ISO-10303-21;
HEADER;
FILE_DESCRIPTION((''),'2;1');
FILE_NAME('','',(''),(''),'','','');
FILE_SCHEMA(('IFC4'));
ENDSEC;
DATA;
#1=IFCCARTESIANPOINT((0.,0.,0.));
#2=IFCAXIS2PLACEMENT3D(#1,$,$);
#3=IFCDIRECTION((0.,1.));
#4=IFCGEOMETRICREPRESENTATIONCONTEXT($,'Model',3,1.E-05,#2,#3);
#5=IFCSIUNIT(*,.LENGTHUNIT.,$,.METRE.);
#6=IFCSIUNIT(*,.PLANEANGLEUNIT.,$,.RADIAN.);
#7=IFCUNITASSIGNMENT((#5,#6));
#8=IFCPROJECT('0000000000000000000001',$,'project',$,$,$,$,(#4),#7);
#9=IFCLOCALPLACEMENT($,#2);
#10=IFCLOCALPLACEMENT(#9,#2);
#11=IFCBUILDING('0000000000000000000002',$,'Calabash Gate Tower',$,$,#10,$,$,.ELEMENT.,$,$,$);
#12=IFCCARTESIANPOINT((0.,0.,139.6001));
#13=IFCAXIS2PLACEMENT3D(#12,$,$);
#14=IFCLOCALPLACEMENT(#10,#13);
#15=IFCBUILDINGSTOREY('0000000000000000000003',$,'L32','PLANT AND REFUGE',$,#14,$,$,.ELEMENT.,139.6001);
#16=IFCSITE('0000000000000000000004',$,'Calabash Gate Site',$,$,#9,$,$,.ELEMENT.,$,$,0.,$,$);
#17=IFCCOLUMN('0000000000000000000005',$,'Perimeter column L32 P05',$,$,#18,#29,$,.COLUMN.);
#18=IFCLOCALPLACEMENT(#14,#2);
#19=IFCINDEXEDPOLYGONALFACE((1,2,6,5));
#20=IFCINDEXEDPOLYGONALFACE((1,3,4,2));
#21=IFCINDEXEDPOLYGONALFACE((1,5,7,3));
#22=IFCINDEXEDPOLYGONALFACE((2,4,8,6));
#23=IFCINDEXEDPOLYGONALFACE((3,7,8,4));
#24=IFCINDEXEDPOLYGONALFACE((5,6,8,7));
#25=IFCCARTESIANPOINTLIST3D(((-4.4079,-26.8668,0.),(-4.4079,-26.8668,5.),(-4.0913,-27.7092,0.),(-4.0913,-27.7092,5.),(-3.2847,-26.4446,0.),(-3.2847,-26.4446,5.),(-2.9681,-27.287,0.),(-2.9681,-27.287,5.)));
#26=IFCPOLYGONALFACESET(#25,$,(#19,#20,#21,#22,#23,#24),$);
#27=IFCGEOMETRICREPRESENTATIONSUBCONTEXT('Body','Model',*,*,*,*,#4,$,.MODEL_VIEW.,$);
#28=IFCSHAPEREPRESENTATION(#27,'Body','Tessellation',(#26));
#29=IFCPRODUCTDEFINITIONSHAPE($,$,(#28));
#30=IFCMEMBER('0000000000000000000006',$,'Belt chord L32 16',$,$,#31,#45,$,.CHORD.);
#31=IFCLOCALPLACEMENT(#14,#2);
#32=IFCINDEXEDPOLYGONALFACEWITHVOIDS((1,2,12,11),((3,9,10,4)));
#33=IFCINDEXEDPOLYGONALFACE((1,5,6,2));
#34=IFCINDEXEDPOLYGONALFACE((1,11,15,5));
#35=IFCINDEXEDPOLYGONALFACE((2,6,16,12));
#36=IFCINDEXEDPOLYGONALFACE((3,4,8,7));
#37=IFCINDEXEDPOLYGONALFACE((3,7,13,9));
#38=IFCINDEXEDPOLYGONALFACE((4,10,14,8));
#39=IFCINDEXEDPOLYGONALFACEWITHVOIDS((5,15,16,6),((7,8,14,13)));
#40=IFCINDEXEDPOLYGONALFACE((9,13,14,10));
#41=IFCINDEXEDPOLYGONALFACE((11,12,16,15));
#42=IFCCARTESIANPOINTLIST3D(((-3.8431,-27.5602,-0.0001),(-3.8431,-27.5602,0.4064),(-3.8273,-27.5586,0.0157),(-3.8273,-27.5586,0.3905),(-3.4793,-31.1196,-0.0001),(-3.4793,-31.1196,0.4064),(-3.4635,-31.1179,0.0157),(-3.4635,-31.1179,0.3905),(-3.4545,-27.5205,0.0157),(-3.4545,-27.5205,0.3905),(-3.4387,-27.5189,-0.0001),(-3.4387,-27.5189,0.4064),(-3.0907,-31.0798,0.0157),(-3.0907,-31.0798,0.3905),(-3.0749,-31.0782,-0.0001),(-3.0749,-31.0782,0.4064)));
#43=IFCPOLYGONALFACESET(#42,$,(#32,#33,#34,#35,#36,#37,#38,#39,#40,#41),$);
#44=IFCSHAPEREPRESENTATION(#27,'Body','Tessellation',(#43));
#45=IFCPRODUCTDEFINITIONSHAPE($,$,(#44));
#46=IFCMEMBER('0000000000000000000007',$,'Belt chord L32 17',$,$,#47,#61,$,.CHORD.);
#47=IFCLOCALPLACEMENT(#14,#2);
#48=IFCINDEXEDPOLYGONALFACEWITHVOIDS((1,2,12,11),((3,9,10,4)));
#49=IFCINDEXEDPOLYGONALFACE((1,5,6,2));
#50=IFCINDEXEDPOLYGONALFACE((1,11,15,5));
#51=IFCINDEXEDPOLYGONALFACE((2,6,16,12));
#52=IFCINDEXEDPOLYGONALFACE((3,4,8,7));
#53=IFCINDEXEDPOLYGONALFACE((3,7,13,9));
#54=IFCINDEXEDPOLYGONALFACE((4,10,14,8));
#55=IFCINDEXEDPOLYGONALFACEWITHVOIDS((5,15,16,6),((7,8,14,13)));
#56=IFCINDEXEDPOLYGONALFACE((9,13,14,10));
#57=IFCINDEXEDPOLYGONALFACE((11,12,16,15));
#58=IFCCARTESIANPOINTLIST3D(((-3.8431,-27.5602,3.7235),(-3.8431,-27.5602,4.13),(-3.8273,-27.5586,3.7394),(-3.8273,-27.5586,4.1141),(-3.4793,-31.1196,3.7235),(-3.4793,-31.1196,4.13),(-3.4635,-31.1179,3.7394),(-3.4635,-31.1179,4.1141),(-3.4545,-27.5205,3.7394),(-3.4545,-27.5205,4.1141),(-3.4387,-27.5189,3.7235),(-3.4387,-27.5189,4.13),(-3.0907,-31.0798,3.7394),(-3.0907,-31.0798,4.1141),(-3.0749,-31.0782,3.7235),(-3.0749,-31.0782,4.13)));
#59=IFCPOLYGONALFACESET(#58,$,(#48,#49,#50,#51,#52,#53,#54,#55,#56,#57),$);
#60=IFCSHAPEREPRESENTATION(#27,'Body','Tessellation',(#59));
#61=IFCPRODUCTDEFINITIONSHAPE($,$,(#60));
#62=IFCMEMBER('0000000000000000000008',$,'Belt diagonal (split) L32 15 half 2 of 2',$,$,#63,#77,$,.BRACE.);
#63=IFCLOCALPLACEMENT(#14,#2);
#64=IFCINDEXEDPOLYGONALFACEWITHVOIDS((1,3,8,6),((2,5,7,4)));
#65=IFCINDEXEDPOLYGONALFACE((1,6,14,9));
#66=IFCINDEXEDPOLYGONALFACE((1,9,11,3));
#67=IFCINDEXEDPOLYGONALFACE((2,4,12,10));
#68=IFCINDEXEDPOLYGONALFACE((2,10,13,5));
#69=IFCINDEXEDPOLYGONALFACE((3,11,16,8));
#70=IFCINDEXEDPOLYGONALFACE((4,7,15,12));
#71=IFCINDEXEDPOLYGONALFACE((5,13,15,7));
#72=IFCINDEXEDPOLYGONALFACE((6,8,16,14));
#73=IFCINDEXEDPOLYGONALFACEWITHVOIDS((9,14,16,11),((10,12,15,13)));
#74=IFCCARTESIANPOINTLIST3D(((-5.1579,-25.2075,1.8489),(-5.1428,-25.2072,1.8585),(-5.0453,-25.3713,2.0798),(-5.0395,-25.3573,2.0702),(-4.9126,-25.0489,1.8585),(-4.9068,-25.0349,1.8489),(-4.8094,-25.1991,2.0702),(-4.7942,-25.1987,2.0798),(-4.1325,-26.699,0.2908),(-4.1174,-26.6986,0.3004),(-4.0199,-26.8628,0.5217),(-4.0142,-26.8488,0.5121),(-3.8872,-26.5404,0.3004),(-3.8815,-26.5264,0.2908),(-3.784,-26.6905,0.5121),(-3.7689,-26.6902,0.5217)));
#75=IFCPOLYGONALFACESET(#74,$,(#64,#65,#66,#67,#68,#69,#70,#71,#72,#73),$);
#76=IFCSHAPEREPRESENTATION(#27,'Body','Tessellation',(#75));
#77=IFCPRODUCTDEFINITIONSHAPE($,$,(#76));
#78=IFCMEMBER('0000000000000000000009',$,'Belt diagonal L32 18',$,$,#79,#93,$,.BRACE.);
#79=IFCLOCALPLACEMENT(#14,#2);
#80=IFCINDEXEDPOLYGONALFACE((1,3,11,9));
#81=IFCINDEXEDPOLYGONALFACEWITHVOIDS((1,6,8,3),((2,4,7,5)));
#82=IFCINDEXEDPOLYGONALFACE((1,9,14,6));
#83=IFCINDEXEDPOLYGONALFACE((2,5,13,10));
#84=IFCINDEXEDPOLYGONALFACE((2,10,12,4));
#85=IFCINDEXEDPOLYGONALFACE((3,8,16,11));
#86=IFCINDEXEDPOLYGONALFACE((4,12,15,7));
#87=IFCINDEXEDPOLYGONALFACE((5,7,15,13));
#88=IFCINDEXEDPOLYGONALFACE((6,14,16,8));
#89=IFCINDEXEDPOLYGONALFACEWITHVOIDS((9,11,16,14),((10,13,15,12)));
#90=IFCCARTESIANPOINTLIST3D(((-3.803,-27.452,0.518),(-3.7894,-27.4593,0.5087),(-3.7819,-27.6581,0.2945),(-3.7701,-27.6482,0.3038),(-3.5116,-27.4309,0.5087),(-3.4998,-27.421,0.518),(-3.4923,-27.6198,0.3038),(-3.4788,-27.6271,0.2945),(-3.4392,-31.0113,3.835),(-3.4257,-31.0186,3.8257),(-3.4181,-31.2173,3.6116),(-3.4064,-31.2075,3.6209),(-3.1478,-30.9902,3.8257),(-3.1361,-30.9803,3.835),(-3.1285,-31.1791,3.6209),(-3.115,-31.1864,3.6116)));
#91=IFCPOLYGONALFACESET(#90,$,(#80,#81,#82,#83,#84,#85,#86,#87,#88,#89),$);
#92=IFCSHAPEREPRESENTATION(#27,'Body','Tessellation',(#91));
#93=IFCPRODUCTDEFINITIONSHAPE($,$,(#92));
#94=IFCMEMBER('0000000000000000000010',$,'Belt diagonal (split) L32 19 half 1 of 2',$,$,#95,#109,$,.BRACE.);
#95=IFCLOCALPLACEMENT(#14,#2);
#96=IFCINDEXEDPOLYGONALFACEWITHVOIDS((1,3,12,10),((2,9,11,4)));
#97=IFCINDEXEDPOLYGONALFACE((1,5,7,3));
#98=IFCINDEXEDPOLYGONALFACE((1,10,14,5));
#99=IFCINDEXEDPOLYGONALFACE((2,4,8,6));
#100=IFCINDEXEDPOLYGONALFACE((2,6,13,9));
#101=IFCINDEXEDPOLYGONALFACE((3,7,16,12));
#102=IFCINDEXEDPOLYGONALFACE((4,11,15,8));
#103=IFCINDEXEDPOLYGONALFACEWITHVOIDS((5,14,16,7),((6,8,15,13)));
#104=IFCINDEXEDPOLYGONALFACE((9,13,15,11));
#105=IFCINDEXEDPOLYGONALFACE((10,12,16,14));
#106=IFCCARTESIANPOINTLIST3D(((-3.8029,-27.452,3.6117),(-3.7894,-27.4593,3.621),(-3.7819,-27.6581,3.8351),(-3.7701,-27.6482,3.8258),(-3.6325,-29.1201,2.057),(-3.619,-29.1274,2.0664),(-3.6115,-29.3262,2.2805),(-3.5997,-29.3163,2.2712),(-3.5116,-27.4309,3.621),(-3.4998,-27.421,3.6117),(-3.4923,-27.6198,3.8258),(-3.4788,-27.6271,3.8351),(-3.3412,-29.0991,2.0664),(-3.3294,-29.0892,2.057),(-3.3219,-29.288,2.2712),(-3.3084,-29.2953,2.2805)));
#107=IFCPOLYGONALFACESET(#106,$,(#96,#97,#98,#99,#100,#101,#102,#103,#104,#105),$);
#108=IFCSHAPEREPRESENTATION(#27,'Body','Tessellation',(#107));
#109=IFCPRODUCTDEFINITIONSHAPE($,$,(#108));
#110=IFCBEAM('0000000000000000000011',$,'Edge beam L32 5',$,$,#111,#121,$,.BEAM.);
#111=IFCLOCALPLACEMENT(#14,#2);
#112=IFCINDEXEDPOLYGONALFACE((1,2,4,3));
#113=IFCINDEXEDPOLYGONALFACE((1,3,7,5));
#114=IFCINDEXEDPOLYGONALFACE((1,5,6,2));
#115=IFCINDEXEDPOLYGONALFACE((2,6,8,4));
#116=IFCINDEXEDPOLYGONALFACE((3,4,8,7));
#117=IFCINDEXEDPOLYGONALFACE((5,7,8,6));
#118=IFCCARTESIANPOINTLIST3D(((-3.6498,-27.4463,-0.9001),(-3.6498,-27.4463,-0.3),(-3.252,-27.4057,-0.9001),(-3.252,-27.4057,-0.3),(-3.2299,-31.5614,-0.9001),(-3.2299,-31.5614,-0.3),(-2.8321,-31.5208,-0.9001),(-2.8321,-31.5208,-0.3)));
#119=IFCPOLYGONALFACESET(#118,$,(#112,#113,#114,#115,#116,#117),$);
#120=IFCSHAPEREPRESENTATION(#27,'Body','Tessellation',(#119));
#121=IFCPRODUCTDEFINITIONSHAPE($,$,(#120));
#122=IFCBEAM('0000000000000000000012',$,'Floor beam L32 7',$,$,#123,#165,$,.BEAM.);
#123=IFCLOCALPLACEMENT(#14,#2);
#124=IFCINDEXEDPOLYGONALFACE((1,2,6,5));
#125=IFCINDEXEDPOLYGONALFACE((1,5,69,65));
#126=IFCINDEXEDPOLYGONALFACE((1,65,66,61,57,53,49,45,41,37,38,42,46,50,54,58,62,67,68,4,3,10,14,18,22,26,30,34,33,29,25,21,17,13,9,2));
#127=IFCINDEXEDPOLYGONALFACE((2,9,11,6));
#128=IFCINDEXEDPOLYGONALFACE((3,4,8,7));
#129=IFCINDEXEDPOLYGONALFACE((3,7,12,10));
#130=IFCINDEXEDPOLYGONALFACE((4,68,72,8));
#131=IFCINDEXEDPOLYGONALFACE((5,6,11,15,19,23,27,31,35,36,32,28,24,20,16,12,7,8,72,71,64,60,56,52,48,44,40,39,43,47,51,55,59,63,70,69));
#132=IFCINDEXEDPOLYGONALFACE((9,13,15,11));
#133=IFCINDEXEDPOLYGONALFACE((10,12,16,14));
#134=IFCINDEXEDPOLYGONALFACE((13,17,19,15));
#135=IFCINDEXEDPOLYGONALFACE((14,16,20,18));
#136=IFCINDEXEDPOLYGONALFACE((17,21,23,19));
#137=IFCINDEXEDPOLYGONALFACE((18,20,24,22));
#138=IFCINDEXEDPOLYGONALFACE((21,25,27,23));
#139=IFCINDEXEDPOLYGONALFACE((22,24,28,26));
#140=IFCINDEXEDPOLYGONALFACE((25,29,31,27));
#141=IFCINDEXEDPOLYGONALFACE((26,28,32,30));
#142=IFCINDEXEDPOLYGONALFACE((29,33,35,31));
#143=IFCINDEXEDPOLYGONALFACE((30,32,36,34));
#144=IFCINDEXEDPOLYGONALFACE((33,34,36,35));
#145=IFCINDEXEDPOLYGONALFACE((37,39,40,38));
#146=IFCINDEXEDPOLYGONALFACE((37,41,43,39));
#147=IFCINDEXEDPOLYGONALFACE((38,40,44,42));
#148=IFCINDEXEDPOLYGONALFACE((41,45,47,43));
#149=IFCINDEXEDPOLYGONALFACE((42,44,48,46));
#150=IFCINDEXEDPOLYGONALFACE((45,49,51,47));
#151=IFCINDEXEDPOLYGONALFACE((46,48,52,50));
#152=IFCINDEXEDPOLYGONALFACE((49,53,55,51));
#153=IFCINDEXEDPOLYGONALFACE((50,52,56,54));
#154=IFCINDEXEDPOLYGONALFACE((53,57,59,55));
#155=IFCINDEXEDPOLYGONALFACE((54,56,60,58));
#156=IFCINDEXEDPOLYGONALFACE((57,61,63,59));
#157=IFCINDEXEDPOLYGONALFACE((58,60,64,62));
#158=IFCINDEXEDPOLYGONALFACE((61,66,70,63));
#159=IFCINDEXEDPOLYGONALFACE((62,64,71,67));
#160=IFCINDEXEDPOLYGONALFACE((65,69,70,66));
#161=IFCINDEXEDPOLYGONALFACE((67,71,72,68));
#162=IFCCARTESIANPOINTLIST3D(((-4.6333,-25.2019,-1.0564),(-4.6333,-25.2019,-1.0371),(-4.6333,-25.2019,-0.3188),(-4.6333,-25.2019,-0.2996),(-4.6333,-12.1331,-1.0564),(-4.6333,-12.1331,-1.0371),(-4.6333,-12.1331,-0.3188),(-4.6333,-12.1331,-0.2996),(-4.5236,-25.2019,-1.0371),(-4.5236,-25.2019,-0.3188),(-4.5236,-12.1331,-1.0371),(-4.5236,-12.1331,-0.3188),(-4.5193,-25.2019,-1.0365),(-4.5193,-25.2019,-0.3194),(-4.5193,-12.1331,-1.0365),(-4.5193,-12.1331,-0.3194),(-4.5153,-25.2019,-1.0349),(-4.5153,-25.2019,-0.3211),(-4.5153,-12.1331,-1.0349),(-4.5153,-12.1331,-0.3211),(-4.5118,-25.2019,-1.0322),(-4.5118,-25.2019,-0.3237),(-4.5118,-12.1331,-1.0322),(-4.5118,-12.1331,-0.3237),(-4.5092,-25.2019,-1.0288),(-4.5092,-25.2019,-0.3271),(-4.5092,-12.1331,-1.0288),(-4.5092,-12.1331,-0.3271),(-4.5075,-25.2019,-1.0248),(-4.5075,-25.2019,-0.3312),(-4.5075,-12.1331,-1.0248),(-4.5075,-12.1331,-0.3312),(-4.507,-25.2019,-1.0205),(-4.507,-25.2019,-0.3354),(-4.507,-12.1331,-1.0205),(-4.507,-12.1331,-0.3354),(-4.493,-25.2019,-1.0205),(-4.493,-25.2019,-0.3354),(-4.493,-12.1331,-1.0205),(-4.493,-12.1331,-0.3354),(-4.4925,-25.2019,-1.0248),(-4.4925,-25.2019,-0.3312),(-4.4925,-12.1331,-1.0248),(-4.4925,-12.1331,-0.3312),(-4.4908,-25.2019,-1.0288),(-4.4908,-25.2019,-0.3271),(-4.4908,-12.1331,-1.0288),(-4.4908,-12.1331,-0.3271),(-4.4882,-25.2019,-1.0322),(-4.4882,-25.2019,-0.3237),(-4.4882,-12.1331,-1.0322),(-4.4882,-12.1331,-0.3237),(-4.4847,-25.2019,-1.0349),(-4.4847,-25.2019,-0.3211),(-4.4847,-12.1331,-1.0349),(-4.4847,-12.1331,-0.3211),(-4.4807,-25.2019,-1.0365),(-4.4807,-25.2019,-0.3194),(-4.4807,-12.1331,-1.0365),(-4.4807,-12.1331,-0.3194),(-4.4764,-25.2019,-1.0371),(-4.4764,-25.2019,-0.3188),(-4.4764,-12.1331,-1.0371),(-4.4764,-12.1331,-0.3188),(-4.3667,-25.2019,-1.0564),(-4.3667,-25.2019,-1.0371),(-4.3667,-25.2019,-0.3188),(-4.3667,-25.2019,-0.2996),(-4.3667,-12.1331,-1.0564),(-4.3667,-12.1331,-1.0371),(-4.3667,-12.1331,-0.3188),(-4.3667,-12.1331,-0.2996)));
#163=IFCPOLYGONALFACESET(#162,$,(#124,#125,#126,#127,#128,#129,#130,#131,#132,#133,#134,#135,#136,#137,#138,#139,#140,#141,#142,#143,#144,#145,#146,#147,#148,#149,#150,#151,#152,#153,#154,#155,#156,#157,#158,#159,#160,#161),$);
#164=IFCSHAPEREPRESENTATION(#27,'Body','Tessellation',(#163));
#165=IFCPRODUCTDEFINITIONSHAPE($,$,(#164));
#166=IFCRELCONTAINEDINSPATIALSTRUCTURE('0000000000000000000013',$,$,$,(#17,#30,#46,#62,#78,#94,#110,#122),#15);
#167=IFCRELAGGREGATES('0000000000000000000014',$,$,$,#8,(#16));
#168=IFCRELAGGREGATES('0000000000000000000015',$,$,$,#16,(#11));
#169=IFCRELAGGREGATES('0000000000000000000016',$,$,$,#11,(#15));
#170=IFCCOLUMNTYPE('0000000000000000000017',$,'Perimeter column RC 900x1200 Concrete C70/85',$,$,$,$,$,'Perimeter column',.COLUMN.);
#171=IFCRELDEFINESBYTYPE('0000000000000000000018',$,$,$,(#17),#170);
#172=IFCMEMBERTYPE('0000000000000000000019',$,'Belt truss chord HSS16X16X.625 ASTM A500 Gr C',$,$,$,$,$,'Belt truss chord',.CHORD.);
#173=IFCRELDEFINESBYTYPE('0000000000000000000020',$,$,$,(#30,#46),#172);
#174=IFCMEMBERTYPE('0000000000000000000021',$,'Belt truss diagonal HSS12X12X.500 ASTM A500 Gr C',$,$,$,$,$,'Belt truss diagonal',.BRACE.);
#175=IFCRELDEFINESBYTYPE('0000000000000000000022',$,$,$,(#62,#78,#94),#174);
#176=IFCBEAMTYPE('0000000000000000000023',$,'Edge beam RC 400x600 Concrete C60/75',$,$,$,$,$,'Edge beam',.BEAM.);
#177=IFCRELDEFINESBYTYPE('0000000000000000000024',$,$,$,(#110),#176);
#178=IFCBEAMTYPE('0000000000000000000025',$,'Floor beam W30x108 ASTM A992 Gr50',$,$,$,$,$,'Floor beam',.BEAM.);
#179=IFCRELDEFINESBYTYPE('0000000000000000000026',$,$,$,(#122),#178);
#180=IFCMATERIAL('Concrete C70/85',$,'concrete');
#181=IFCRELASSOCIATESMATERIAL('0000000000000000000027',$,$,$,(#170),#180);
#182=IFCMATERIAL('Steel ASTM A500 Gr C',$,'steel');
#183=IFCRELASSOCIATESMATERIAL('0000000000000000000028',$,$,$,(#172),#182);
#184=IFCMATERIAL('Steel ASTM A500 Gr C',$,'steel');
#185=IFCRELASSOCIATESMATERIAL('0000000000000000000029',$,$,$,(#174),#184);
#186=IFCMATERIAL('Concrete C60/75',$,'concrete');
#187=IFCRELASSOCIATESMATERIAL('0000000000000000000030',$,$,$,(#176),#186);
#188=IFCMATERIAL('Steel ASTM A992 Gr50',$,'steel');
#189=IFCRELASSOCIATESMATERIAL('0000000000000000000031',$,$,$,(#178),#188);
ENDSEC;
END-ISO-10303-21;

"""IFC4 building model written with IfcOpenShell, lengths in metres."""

from ifc_helpers import new_model, si_unit, direction, frame, origin, origin_2d, place, context, subcontext, project, spatial, rectangle, hollow_rectangle, i_section, extrude, material, material_profile, profile_set, type_object, element, save


model = new_model("IFC4")

# Units and contexts
model_context = context("Model", 3, precision=1e-05, world=origin(), true_north=direction((0.0, 1.0)))
body_context = subcontext(model_context, "Body", "Model", "MODEL_VIEW")
ifc_project = project(units=[si_unit("LENGTHUNIT", "METRE"), si_unit("PLANEANGLEUNIT", "RADIAN")], contexts=[model_context])

# Site, building, storey
site_placement = place(None, origin())
site = spatial("IfcSite", under=ifc_project, at=site_placement, Name="Calabash Gate Site", CompositionType="ELEMENT", RefElevation=0.0)
building_placement = place(site_placement, origin())
building = spatial("IfcBuilding", under=site, at=building_placement, Name="Calabash Gate Tower", CompositionType="ELEMENT")
storey_placement = place(building_placement, frame((0.0, 0.0, 139.6001)))
storey = spatial("IfcBuildingStorey", under=building, at=storey_placement, Name="L32", Description="PLANT AND REFUGE", CompositionType="ELEMENT", Elevation=139.6001)

# Column
ifc_material_1 = material(Name="Concrete C70/85", Category="concrete")
ifc_material_profile_1 = material_profile(ifc_material_1, rectangle(XDim=0.8999, YDim=1.2, at=origin_2d()))
ifc_profile_set_1 = profile_set([ifc_material_profile_1], Name="Concrete C70/85")
column_type = type_object("IfcColumnType", Name="Perimeter column RC 900x1200 Concrete C70/85", ElementType="Perimeter column", PredefinedType="COLUMN", material=ifc_profile_set_1)
column_placement = place(storey_placement, frame((-3.688, -27.0769, 0.0), z_axis=(0.0, 0.0, 1.0), x_axis=(0.351823, -0.936067, 0.0)))
element("IfcColumn", 1, at=column_placement, inside=storey, type_object=column_type, Name="Perimeter column L32 P05", PredefinedType="COLUMN", context=body_context, shape_type="SweptSolid", body=[
    extrude(rectangle(XDim=0.8999, YDim=1.2, at=origin_2d()), origin(), (0.0, 0.0, 1.0), 5.0),
])

# Members
ifc_material_2 = material(Name="Steel ASTM A500 Gr C", Category="steel")
ifc_material_profile_2 = material_profile(ifc_material_2, hollow_rectangle(XDim=0.4065, YDim=0.4065, WallThickness=0.0159, at=origin_2d()))
ifc_profile_set_2 = profile_set([ifc_material_profile_2], Name="Steel ASTM A500 Gr C")
member_type_1 = type_object("IfcMemberType", Name="Belt truss chord HSS16X16X.625 ASTM A500 Gr C", ElementType="Belt truss chord", PredefinedType="CHORD", material=ifc_profile_set_2)
for number, where, z_axis, x_axis, name in (
    (2, (-3.6409, -27.5396, 0.2031), (0.101672, -0.994818, 0.0), (0.994818, 0.101672, 0.0), "Belt chord L32 16"),
    (3, (-3.6409, -27.5396, 3.9268), (0.101672, -0.994818, 0.0), (0.994818, 0.101672, 0.0), "Belt chord L32 17"),
):
    element("IfcMember", number, at=place(storey_placement, frame(where, z_axis=z_axis, x_axis=x_axis)), inside=storey, type_object=member_type_1, Name=name, PredefinedType="CHORD", context=body_context, shape_type="SweptSolid", body=[
        extrude(hollow_rectangle(XDim=0.4065, YDim=0.4065, WallThickness=0.0159, at=origin_2d()), origin(), (0.0, 0.0, 1.0), 3.5779),
    ])
ifc_material_3 = material(Name="Steel ASTM A500 Gr C", Category="steel")
ifc_material_profile_3 = material_profile(ifc_material_3, hollow_rectangle(XDim=0.3047, YDim=0.3047, WallThickness=0.0127, at=origin_2d()))
ifc_profile_set_3 = profile_set([ifc_material_profile_3], Name="Steel ASTM A500 Gr C")
member_type_2 = type_object("IfcMemberType", Name="Belt truss diagonal HSS12X12X.500 ASTM A500 Gr C", ElementType="Belt truss diagonal", PredefinedType="BRACE", material=ifc_profile_set_3)
member_1_placement = place(storey_placement, frame((-4.9761, -25.2031, 1.9644), z_axis=(0.429355, -0.624507, -0.652415), x_axis=(0.824038, 0.566535, 0.0)))
element("IfcMember", 4, at=member_1_placement, inside=storey, type_object=member_type_2, Name="Belt diagonal (split) L32 15 half 2 of 2", PredefinedType="BRACE", context=body_context, shape_type="SweptSolid", body=[
    extrude(hollow_rectangle(XDim=0.3047, YDim=0.3047, WallThickness=0.0127, at=origin_2d()), origin(), (0.0, 0.0, 1.0), 2.3882),
])
member_2_placement = place(storey_placement, frame((-3.6409, -27.5396, 0.4062), z_axis=(0.074558, -0.729521, 0.679882), x_axis=(0.994818, 0.101672, 0.0)))
element("IfcMember", 5, at=member_2_placement, inside=storey, type_object=member_type_2, Name="Belt diagonal L32 18", PredefinedType="BRACE", context=body_context, shape_type="SweptSolid", body=[
    extrude(hollow_rectangle(XDim=0.3047, YDim=0.3047, WallThickness=0.0127, at=origin_2d()), origin(), (0.0, 0.0, 1.0), 4.8789),
])
member_3_placement = place(storey_placement, frame((-3.6409, -27.5396, 3.7234), z_axis=(0.074522, -0.729526, -0.679881), x_axis=(0.994823, 0.101622, 0.0)))
element("IfcMember", 6, at=member_3_placement, inside=storey, type_object=member_type_2, Name="Belt diagonal (split) L32 19 half 1 of 2", PredefinedType="BRACE", context=body_context, shape_type="SweptSolid", body=[
    extrude(hollow_rectangle(XDim=0.3047, YDim=0.3047, WallThickness=0.0127, at=origin_2d()), origin(), (0.0, 0.0, 1.0), 2.2866),
])

# Beams
ifc_material_4 = material(Name="Concrete C60/75", Category="concrete")
ifc_material_profile_4 = material_profile(ifc_material_4, rectangle(XDim=0.3999, YDim=0.6001, at=origin_2d()))
ifc_profile_set_4 = profile_set([ifc_material_profile_4], Name="Concrete C60/75")
beam_type_1 = type_object("IfcBeamType", Name="Edge beam RC 400x600 Concrete C60/75", ElementType="Edge beam", PredefinedType="BEAM", material=ifc_profile_set_4)
beam_1_placement = place(storey_placement, frame((-3.4509, -27.426, -0.6001), z_axis=(0.10152, -0.994834, 0.0), x_axis=(0.994834, 0.10152, 0.0)))
element("IfcBeam", 7, at=beam_1_placement, inside=storey, type_object=beam_type_1, Name="Edge beam L32 5", PredefinedType="BEAM", context=body_context, shape_type="SweptSolid", body=[
    extrude(rectangle(XDim=0.3999, YDim=0.6001, at=origin_2d()), origin(), (0.0, 0.0, 1.0), 4.1365),
])
ifc_material_5 = material(Name="Steel ASTM A992 Gr50", Category="steel")
ifc_material_profile_5 = material_profile(ifc_material_5, i_section(OverallWidth=0.2666, OverallDepth=0.7568, WebThickness=0.0139, FlangeThickness=0.0193, FilletRadius=0.0166, at=origin_2d()))
ifc_profile_set_5 = profile_set([ifc_material_profile_5], Name="Steel ASTM A992 Gr50")
beam_type_2 = type_object("IfcBeamType", Name="Floor beam W30x108 ASTM A992 Gr50", ElementType="Floor beam", PredefinedType="BEAM", material=ifc_profile_set_5)
beam_2_placement = place(storey_placement, frame((-4.5, -25.2019, -0.678), z_axis=(0.0, 1.0, 0.0), x_axis=(-1.0, 0.0, 0.0)))
element("IfcBeam", 8, at=beam_2_placement, inside=storey, type_object=beam_type_2, Name="Floor beam L32 7", PredefinedType="BEAM", context=body_context, shape_type="SweptSolid", body=[
    extrude(i_section(OverallWidth=0.2666, OverallDepth=0.7568, WebThickness=0.0139, FlangeThickness=0.0193, FilletRadius=0.0166, at=origin_2d()), origin(), (0.0, 0.0, 1.0), 13.0688),
])

save(model, "model.ifc")
